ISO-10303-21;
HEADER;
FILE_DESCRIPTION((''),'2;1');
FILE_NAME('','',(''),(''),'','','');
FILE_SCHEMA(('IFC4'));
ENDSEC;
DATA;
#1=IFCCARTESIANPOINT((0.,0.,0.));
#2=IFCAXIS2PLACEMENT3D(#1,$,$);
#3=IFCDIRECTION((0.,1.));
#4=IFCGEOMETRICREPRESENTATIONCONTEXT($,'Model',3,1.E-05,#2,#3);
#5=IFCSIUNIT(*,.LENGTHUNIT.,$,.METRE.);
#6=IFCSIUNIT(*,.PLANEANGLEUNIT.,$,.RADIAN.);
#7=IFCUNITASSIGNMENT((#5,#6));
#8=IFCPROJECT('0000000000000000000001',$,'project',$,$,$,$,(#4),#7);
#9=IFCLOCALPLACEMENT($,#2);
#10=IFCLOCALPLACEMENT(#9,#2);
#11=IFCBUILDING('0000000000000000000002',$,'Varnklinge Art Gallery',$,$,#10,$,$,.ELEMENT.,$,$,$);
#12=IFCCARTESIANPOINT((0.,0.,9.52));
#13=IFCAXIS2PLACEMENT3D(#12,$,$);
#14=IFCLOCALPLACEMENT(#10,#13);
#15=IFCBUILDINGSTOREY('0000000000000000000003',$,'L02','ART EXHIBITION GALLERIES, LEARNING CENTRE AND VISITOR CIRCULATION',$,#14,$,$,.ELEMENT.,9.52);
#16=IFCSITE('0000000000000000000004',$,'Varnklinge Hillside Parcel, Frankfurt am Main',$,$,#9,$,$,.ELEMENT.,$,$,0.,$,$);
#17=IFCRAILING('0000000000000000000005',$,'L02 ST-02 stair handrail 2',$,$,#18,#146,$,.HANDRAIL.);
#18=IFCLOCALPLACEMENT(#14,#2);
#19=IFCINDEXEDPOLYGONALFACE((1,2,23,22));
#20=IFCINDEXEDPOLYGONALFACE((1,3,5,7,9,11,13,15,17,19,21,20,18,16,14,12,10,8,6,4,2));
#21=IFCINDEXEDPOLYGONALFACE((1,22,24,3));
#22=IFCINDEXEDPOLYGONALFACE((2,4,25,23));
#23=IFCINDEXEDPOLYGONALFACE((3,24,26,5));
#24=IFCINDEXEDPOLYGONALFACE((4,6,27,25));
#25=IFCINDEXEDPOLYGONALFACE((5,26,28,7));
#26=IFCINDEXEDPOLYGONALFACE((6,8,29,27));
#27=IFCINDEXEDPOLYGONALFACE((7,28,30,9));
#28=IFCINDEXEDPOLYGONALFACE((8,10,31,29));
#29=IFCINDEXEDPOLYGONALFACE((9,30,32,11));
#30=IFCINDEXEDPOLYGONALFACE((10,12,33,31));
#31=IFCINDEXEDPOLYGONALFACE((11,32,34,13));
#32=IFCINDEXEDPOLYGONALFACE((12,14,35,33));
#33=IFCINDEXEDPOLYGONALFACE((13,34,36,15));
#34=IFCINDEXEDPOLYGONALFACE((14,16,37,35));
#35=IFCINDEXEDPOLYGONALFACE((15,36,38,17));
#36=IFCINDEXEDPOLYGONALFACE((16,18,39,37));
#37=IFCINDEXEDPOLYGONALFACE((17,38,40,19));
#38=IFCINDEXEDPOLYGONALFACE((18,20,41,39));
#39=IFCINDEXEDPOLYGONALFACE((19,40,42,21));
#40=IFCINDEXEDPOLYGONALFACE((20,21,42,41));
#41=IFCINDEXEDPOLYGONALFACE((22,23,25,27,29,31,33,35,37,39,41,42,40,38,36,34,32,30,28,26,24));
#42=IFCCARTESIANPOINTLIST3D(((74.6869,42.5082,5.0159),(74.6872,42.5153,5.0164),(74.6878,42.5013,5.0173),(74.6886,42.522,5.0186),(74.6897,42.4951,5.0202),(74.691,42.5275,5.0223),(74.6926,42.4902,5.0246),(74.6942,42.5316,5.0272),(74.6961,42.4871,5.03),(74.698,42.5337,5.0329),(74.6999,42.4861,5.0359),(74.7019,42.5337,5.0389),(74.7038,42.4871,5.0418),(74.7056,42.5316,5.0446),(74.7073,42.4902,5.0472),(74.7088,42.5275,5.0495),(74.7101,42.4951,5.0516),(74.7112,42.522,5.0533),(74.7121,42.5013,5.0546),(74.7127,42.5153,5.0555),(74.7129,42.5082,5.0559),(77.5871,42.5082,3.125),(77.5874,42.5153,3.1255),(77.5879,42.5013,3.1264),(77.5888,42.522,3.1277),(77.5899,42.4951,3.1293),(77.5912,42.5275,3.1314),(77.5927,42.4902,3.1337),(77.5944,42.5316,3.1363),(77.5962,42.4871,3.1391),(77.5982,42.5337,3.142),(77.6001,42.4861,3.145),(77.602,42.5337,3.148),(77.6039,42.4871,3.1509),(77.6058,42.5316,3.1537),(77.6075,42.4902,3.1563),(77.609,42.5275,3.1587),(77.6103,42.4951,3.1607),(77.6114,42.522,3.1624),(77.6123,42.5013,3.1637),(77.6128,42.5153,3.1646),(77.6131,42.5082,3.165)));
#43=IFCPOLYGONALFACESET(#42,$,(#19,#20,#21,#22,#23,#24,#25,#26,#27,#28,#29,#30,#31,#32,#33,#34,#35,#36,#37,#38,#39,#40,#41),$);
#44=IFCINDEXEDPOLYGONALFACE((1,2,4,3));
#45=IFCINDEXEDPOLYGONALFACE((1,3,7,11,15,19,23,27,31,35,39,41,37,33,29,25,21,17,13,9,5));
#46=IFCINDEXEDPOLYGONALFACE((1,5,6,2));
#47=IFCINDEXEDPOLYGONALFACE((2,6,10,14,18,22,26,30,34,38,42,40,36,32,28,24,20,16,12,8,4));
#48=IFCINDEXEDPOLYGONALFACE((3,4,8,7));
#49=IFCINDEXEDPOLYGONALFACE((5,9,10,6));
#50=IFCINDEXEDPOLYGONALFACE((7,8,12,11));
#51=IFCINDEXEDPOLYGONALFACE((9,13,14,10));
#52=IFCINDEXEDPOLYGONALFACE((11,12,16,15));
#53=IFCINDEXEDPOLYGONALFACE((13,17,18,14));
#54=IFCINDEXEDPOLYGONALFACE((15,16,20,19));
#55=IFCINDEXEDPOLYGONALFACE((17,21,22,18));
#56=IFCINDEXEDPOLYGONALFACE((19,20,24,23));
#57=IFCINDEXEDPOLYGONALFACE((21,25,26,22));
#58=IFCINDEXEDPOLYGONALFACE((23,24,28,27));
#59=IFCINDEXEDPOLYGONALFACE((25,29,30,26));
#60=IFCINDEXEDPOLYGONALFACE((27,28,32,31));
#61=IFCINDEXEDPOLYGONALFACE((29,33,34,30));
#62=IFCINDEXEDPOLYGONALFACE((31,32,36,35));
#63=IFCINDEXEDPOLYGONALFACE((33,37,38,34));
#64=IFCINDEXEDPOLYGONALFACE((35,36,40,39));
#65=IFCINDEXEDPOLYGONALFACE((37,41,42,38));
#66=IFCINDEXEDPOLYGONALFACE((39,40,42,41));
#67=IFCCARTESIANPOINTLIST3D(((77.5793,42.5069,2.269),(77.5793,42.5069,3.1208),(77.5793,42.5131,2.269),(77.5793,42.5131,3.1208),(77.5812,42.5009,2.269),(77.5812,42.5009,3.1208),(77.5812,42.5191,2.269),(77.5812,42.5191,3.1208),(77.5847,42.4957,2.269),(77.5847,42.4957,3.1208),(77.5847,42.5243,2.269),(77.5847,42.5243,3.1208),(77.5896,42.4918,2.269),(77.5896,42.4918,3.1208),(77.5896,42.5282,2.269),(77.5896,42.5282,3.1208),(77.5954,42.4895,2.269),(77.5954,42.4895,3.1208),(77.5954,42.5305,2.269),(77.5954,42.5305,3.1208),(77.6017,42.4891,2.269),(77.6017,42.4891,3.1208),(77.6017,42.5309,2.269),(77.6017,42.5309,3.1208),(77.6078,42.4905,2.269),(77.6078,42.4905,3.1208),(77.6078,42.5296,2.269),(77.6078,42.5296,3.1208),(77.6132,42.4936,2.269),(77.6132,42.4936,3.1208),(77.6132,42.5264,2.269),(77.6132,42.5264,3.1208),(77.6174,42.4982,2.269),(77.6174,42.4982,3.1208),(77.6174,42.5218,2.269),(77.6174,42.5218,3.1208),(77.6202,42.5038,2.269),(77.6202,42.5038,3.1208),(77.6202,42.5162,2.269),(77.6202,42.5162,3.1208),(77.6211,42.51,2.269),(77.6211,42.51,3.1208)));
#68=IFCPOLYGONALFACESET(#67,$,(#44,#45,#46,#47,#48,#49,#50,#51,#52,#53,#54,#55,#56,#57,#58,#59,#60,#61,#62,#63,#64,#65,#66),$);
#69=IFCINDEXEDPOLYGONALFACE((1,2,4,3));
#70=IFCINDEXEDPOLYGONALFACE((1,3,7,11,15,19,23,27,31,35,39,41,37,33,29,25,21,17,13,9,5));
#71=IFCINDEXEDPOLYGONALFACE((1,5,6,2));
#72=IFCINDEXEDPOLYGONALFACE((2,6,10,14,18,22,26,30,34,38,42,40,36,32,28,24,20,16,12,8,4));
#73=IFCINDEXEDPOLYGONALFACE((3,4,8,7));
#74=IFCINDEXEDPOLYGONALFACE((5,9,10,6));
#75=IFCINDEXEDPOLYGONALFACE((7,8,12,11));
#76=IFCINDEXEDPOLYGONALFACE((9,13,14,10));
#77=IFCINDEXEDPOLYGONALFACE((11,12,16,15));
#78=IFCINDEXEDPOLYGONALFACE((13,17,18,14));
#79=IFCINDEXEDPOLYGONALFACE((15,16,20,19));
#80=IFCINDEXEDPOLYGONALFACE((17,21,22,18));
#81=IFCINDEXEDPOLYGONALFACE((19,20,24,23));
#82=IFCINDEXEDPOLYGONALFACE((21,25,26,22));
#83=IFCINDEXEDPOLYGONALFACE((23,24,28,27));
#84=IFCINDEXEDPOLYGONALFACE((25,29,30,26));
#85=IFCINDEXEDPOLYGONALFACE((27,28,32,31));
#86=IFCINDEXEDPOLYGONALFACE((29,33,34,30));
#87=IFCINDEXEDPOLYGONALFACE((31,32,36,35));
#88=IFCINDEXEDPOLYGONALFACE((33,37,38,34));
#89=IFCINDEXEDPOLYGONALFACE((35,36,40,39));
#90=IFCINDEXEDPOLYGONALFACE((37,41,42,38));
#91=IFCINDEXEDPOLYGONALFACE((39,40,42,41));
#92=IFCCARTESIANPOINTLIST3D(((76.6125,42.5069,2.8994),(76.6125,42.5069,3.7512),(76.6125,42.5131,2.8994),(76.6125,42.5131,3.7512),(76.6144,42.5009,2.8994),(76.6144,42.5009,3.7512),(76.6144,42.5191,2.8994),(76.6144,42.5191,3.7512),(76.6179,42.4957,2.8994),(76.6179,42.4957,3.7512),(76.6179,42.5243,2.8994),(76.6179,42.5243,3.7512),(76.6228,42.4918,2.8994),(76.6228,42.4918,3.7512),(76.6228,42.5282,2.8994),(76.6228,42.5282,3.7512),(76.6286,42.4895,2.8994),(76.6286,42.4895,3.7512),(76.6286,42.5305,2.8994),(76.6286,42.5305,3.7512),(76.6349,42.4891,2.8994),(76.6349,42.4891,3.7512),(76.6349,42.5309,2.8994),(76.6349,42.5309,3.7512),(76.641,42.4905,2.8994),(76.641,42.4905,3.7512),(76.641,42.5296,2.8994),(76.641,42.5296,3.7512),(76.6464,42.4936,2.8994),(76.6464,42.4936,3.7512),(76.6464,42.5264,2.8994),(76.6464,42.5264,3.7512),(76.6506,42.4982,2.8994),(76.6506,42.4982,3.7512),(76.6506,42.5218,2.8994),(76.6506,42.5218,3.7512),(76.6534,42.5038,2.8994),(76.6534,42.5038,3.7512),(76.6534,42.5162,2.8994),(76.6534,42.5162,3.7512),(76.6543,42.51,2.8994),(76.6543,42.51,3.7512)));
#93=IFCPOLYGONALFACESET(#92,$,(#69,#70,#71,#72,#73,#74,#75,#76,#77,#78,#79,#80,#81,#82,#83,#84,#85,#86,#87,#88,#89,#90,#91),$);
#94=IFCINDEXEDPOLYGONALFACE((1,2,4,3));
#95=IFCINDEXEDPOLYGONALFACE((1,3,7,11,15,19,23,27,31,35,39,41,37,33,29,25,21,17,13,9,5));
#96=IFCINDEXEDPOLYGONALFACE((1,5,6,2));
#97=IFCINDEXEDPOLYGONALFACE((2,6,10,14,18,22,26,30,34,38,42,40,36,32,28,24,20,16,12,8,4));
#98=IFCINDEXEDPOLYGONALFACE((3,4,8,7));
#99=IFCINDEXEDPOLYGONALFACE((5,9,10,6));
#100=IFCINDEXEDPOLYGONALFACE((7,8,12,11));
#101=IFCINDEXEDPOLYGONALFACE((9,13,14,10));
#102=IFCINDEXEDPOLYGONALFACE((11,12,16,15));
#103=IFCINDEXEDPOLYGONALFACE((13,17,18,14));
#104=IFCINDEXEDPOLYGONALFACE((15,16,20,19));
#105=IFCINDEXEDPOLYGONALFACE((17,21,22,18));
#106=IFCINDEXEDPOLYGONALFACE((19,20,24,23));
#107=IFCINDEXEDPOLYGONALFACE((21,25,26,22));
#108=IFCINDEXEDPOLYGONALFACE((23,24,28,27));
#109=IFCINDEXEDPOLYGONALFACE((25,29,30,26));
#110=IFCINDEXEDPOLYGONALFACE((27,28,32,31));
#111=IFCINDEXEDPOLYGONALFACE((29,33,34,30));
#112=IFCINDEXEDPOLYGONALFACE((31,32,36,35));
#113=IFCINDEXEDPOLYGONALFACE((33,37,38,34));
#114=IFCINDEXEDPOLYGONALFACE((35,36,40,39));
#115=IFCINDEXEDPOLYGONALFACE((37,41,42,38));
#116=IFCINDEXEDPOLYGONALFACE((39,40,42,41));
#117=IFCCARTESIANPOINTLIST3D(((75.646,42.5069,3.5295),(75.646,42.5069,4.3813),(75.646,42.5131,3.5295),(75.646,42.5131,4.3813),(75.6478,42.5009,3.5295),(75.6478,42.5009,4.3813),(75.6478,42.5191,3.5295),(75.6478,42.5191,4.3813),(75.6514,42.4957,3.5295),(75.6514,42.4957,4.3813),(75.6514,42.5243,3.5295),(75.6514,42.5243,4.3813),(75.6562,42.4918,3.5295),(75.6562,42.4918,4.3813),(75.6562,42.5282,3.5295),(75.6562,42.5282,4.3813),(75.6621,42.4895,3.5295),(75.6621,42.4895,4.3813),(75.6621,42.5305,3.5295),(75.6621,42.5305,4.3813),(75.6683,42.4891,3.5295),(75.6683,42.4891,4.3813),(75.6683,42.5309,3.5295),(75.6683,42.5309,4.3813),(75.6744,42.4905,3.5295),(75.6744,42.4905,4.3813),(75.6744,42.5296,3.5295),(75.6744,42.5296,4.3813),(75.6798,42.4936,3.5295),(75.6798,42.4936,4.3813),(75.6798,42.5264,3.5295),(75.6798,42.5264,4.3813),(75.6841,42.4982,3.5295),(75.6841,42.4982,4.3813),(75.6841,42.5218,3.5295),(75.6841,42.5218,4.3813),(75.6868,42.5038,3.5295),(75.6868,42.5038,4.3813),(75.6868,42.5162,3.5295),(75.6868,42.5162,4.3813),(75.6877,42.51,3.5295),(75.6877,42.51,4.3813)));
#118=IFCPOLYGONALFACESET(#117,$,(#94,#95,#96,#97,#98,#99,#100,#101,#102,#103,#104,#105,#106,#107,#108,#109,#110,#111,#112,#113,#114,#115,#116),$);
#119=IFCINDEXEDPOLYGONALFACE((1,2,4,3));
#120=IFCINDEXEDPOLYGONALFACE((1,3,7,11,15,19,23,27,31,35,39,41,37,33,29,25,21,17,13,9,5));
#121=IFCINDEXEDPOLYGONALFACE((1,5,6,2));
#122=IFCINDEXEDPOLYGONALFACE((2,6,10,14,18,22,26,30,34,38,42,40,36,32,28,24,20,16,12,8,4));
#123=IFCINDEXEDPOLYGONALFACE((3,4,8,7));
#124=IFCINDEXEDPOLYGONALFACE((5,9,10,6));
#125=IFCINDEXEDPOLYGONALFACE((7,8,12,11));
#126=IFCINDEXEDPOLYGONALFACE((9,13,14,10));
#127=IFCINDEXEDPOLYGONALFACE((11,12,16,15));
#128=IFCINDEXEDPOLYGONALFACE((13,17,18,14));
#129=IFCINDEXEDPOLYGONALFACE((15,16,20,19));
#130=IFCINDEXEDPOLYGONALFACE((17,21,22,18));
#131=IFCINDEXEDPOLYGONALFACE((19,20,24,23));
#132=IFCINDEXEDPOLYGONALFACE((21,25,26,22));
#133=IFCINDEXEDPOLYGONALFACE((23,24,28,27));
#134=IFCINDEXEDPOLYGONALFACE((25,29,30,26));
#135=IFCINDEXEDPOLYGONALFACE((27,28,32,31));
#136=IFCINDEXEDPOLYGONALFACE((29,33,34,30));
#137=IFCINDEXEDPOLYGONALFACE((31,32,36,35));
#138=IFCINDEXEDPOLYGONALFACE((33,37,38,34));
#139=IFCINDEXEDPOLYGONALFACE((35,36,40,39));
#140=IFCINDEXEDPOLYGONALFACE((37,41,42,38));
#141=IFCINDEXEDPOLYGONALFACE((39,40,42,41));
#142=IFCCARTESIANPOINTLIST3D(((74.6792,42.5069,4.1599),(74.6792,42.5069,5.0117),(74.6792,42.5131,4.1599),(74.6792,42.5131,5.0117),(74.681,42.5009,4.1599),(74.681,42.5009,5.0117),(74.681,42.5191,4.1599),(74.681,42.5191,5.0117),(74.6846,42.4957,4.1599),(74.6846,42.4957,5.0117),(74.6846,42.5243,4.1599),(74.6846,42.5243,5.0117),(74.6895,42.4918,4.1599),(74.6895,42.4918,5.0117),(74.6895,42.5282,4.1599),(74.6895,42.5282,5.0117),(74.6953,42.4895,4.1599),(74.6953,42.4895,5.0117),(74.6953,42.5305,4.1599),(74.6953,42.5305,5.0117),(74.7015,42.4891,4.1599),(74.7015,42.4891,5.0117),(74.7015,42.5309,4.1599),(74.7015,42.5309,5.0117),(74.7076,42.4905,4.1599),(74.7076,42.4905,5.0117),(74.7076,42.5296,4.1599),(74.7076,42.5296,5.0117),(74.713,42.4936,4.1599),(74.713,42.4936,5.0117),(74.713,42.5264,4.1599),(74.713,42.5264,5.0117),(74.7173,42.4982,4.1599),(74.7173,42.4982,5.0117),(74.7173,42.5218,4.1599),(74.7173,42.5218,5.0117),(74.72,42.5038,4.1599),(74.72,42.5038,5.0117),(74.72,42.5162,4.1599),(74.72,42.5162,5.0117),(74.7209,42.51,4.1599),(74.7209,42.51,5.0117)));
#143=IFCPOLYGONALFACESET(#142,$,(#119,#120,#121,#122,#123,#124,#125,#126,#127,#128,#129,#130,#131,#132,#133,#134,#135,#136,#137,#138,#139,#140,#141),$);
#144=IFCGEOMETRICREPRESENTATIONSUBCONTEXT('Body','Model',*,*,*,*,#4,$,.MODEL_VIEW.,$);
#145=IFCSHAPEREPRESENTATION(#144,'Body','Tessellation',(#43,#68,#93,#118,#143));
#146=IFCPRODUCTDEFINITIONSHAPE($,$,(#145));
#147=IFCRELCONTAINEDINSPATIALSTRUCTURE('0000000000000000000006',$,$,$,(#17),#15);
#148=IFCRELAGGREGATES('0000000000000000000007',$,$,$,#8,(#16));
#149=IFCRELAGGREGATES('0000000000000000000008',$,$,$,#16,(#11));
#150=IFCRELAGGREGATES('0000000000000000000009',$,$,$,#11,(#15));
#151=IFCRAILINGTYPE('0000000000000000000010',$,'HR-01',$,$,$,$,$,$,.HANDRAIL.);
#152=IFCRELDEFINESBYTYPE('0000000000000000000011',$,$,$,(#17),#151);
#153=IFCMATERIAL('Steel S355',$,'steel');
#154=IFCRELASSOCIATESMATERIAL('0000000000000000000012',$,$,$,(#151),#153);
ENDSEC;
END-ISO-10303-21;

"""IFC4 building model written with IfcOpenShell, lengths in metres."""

from ifc_helpers import new_model, si_unit, direction, frame, origin, origin_2d, place, context, subcontext, project, spatial, circle, extrude, material, type_object, element, save


model = new_model("IFC4")

# Units and contexts
model_context = context("Model", 3, precision=1e-05, world=origin(), true_north=direction((0.0, 1.0)))
body_context = subcontext(model_context, "Body", "Model", "MODEL_VIEW")
ifc_project = project(units=[si_unit("LENGTHUNIT", "METRE"), si_unit("PLANEANGLEUNIT", "RADIAN")], contexts=[model_context])

# Site, building, storey
site_placement = place(None, origin())
site = spatial("IfcSite", under=ifc_project, at=site_placement, Name="Varnklinge Hillside Parcel, Frankfurt am Main", CompositionType="ELEMENT", RefElevation=0.0)
building_placement = place(site_placement, origin())
building = spatial("IfcBuilding", under=site, at=building_placement, Name="Varnklinge Art Gallery", CompositionType="ELEMENT")
storey_placement = place(building_placement, frame((0.0, 0.0, 9.52)))
storey = spatial("IfcBuildingStorey", under=building, at=storey_placement, Name="L02", Description="ART EXHIBITION GALLERIES, LEARNING CENTRE AND VISITOR CIRCULATION", CompositionType="ELEMENT", Elevation=9.52)

# Railing
ifc_material_1 = material(Name="Steel S355", Category="steel")
railing_type_1 = type_object("IfcRailingType", Name="HR-01", PredefinedType="HANDRAIL", material=ifc_material_1)
railing_1_placement = place(storey_placement, frame((77.6001, 42.51, 2.269)))
element("IfcRailing", 1, at=railing_1_placement, inside=storey, type_object=railing_type_1, Name="L02 ST-02 stair handrail 2", PredefinedType="HANDRAIL", context=body_context, shape_type="SweptSolid", body=[
    extrude(circle(Radius=0.0239, at=origin_2d()), frame((0.0, 0.0, 0.876), z_axis=(-0.837681, 0.0, 0.54616), x_axis=(0.0, -1.0, 0.0)), (0.0, 0.0, 1.0), 3.4622),
    extrude(circle(Radius=0.021, at=origin_2d()), origin(), (0.0, 0.0, 1.0), 0.8518),
    extrude(circle(Radius=0.021, at=origin_2d()), frame((-0.9668, 0.0, 0.6304)), (0.0, 0.0, 1.0), 0.8518),
    extrude(circle(Radius=0.021, at=origin_2d()), frame((-1.9333, 0.0, 1.2605)), (0.0, 0.0, 1.0), 0.8518),
    extrude(circle(Radius=0.021, at=origin_2d()), frame((-2.9001, 0.0, 1.8909)), (0.0, 0.0, 1.0), 0.8518),
])

save(model, "model.ifc")
